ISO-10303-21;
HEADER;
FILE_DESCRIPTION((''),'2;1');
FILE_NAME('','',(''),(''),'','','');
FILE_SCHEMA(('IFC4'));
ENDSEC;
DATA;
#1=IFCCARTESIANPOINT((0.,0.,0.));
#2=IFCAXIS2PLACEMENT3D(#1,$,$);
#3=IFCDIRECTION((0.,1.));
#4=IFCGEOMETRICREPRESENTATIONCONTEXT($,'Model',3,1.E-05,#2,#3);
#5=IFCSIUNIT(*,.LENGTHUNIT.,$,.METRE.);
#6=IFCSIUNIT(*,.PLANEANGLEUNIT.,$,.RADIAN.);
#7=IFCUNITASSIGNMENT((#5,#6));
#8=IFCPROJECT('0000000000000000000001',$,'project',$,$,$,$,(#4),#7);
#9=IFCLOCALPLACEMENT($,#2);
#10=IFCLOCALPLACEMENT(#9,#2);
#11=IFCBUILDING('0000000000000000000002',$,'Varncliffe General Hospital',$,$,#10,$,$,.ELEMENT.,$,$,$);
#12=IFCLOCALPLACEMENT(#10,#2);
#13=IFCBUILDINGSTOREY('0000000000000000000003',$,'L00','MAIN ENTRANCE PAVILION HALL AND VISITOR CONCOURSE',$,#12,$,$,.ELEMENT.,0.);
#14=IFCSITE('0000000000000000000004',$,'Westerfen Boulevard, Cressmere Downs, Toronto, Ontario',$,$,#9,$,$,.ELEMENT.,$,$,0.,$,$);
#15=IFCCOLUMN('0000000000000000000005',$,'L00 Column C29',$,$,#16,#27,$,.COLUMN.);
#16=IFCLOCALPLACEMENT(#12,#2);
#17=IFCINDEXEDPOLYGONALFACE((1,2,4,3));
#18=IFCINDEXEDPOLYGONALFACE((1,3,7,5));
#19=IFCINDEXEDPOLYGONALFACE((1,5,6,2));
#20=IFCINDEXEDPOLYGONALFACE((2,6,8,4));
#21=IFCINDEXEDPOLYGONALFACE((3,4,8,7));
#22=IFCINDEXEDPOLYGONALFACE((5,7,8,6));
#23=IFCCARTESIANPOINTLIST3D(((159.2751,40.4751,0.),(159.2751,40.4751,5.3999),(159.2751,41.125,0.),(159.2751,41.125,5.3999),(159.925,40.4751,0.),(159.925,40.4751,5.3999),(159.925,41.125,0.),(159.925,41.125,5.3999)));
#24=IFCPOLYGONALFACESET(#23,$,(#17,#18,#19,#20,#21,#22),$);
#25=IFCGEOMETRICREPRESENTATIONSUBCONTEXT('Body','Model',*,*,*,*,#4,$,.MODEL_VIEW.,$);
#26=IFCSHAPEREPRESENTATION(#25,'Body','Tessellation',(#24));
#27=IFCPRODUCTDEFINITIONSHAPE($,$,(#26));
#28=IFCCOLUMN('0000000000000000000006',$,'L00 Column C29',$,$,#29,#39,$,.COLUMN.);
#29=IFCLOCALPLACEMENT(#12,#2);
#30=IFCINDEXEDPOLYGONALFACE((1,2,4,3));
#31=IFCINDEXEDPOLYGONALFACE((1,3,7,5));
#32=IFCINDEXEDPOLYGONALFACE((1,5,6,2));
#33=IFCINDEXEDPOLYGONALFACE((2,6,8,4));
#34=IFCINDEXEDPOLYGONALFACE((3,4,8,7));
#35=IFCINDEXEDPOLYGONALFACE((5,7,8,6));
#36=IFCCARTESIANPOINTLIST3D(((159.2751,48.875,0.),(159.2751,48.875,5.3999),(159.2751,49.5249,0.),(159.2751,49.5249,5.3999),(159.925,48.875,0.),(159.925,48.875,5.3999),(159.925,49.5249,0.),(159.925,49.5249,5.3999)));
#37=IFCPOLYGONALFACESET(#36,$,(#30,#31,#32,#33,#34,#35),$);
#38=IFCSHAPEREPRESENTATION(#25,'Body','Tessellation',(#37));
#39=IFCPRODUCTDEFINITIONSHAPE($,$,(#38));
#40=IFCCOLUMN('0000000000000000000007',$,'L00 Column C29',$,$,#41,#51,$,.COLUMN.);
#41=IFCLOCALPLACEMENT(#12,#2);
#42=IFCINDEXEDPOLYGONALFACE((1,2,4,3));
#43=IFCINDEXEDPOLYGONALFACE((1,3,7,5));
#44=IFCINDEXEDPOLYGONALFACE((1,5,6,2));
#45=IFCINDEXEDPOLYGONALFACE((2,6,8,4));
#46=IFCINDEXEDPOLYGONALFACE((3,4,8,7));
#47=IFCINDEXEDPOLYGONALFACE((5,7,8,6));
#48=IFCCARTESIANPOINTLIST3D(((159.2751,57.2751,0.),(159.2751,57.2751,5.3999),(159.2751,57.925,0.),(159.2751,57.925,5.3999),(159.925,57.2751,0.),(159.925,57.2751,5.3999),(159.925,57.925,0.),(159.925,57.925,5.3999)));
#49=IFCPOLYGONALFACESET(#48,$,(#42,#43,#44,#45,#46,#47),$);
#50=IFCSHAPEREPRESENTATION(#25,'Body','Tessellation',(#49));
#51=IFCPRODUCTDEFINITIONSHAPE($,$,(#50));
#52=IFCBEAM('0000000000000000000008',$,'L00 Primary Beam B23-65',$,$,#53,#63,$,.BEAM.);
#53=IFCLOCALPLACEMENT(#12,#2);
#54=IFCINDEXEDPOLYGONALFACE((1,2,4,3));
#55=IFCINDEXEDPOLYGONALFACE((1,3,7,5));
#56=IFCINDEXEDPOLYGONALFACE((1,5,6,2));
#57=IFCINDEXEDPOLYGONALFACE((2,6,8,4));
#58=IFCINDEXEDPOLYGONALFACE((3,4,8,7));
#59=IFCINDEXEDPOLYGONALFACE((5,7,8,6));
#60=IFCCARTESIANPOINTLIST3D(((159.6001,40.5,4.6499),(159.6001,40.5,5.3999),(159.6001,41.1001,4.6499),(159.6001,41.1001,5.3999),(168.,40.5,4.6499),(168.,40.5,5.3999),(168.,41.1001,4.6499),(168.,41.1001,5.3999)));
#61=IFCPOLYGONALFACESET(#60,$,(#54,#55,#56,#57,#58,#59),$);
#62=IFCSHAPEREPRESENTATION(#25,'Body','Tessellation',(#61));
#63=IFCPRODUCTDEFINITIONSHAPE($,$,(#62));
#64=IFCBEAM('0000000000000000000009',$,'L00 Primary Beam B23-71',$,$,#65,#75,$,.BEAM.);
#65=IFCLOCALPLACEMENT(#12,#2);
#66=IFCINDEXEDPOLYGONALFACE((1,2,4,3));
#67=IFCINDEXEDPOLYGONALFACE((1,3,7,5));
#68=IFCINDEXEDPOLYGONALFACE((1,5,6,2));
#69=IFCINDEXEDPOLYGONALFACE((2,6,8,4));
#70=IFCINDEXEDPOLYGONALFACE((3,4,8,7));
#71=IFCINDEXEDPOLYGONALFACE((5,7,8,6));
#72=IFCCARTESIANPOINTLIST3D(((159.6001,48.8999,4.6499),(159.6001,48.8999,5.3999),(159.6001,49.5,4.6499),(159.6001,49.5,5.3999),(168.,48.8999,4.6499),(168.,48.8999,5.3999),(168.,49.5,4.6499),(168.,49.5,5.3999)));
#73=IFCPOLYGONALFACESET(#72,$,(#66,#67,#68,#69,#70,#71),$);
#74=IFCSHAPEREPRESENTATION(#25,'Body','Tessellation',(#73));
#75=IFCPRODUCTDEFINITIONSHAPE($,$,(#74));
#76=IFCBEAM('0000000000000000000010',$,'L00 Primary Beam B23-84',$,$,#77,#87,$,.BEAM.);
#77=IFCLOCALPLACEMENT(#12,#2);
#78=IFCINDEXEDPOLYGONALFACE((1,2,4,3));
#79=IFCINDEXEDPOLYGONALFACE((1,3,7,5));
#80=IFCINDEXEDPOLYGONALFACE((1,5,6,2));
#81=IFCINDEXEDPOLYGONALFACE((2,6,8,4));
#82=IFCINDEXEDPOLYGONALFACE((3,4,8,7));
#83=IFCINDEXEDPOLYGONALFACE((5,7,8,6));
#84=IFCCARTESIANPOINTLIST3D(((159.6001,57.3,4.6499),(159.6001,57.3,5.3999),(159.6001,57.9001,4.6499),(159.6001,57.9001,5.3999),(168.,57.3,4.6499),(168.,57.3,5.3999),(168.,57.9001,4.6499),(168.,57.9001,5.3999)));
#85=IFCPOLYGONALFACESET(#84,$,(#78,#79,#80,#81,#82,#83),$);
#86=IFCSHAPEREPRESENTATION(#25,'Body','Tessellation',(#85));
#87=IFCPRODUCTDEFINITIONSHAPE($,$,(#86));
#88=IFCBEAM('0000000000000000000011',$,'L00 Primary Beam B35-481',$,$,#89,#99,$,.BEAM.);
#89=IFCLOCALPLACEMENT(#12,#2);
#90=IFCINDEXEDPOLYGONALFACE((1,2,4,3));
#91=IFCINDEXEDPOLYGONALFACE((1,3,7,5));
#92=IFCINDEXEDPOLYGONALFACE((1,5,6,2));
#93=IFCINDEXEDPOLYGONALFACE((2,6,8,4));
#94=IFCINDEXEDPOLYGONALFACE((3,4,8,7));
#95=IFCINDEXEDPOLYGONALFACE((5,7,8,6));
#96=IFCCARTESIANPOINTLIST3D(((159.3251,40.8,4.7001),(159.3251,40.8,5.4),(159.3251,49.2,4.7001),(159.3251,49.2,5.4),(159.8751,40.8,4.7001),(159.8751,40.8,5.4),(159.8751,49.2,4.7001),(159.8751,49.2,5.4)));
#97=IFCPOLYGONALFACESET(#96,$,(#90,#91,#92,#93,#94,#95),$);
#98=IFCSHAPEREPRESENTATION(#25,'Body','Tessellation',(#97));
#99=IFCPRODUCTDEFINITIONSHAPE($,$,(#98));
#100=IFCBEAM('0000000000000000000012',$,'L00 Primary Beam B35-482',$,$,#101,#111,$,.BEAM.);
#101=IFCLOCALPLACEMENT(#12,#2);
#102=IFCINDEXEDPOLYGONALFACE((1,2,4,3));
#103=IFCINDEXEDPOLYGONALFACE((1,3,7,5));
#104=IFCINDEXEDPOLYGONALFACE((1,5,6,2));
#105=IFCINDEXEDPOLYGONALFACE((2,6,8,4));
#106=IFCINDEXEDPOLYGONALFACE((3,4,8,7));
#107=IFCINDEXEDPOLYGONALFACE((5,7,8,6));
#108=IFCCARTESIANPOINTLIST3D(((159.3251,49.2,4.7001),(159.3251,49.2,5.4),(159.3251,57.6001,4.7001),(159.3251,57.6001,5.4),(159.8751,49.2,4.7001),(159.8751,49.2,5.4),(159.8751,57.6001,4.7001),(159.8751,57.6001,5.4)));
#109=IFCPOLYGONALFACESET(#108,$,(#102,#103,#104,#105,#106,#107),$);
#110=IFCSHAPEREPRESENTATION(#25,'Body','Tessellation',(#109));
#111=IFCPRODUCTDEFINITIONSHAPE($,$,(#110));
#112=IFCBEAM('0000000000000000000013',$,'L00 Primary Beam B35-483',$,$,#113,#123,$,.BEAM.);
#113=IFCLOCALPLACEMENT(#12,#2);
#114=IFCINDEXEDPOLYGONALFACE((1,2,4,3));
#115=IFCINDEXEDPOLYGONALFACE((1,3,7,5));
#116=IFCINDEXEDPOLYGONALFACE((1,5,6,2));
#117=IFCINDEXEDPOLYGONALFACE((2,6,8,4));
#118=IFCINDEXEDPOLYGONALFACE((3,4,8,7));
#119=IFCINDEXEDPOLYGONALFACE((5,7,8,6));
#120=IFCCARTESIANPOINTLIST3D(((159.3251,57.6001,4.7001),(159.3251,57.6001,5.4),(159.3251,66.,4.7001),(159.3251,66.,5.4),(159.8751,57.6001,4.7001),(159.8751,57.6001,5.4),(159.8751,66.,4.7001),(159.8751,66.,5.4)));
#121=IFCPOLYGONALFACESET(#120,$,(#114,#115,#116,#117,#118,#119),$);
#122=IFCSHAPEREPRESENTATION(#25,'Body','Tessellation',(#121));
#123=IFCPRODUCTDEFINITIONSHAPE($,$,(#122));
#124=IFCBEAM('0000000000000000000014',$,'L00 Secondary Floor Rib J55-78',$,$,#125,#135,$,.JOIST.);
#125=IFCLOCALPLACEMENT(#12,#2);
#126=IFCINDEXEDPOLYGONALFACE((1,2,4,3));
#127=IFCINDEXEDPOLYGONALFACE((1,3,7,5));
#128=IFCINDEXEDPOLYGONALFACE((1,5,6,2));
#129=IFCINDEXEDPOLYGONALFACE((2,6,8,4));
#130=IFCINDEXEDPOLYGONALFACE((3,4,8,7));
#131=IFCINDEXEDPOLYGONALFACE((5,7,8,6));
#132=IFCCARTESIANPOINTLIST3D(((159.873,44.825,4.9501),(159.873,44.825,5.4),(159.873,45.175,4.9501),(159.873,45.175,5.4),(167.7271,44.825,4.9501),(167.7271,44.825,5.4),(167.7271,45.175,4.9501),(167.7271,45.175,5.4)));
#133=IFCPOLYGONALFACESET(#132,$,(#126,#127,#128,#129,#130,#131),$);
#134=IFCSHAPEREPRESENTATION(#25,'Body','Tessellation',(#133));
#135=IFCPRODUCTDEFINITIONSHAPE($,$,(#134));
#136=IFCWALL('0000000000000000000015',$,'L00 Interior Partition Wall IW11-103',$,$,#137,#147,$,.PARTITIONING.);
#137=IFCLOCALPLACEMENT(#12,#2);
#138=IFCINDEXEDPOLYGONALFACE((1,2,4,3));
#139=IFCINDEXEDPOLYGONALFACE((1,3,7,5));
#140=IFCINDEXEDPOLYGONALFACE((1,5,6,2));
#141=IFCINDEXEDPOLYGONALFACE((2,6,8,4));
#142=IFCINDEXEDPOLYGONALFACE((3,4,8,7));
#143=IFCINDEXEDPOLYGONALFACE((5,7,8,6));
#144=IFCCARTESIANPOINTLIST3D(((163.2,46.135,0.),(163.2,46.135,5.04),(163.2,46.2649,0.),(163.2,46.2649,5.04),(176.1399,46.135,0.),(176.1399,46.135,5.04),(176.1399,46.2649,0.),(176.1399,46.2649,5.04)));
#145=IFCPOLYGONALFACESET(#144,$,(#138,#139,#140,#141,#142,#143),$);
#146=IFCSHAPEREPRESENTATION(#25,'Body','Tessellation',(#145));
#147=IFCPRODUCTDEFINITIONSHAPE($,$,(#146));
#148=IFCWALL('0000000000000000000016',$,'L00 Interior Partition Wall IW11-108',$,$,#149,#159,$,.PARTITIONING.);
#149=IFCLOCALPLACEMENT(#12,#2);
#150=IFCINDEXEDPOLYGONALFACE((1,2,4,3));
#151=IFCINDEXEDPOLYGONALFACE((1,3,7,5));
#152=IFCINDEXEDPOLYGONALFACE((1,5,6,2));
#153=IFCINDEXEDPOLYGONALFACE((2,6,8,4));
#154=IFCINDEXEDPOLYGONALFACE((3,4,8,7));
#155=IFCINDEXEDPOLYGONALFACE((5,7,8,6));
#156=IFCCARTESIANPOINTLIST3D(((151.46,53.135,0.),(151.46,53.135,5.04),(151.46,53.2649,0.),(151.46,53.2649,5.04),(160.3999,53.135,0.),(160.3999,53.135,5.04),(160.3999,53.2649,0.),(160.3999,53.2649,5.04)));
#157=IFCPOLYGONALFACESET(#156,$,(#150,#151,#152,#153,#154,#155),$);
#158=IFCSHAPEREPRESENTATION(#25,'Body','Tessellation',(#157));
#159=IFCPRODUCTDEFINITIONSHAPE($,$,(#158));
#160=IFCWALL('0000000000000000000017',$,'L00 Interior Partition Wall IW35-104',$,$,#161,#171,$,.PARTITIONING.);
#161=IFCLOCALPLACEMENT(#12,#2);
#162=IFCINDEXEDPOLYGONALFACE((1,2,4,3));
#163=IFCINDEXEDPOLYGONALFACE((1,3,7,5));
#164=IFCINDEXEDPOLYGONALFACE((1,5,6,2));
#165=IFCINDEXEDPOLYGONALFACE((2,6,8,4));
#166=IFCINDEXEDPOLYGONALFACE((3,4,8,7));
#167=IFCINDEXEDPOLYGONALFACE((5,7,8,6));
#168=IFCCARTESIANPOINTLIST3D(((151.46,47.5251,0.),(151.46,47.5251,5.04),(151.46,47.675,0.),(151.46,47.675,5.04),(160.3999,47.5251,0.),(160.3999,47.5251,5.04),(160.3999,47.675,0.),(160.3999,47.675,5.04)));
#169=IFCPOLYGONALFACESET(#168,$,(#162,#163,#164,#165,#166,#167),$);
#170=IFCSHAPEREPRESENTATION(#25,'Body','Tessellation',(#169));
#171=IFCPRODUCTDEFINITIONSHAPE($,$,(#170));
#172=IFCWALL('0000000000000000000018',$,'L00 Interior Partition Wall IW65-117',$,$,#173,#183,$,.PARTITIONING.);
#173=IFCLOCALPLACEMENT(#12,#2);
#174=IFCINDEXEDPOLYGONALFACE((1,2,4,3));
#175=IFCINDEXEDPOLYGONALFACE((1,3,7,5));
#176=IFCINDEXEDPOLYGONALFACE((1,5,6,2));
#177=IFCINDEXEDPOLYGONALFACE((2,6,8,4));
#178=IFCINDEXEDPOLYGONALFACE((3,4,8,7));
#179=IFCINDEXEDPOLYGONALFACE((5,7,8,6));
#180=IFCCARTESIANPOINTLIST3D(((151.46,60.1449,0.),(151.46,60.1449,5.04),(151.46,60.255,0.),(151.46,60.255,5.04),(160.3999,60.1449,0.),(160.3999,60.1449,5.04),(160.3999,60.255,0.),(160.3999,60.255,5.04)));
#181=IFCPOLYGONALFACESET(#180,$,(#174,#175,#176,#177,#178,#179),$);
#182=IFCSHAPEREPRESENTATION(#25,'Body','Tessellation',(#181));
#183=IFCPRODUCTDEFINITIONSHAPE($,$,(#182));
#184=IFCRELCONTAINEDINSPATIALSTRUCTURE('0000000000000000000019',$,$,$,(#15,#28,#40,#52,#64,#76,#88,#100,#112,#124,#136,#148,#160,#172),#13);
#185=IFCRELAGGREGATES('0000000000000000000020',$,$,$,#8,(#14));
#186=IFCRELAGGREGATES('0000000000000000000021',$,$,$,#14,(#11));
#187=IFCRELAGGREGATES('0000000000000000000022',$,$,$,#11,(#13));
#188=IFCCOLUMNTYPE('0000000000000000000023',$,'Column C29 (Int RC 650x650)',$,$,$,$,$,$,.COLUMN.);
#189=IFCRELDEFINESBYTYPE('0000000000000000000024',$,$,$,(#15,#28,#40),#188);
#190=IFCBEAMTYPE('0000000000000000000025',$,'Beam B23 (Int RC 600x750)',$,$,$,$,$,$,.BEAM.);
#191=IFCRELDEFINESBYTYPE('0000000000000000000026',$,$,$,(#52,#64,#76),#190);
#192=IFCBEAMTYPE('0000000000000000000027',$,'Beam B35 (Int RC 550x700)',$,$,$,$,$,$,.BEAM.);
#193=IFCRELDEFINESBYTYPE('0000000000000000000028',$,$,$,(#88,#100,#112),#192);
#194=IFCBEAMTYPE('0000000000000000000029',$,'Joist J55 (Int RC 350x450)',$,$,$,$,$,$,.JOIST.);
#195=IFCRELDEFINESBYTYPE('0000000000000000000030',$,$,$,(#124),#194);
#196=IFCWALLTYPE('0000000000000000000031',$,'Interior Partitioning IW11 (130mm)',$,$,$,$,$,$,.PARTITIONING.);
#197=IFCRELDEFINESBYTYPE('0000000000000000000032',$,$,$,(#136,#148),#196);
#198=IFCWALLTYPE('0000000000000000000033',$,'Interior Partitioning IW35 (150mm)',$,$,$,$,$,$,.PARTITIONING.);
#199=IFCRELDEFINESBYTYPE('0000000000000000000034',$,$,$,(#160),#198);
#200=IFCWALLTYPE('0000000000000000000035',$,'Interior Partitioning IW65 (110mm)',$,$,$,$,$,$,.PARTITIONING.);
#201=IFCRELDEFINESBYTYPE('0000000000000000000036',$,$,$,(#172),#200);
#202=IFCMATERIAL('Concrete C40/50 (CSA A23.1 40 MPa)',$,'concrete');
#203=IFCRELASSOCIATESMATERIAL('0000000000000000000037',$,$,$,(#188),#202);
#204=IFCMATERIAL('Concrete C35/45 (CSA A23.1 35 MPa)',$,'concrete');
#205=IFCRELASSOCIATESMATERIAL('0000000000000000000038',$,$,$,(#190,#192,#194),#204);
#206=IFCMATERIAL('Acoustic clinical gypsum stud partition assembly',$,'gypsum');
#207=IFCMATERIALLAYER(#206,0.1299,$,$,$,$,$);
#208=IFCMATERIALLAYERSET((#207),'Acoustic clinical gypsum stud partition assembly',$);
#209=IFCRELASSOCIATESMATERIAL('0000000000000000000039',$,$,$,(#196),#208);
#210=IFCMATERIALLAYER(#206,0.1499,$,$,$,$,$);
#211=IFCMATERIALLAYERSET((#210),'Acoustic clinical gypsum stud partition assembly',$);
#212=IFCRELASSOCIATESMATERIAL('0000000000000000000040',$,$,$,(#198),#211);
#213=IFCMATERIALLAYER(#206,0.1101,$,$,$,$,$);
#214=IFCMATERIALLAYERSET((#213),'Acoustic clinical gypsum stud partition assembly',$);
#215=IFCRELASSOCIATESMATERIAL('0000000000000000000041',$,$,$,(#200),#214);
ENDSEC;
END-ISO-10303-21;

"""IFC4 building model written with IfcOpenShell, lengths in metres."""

from ifc_helpers import new_model, si_unit, direction, frame, frame_2d, origin, origin_2d, place, context, subcontext, project, spatial, rectangle, extrude, material, layer, layer_set, material_profile, profile_set, type_object, element, save


model = new_model("IFC4")

# Units and contexts
model_context = context("Model", 3, precision=1e-05, world=origin(), true_north=direction((0.0, 1.0)))
body_context = subcontext(model_context, "Body", "Model", "MODEL_VIEW")
ifc_project = project(units=[si_unit("LENGTHUNIT", "METRE"), si_unit("PLANEANGLEUNIT", "RADIAN")], contexts=[model_context])

# Site, building, storey
site_placement = place(None, origin())
site = spatial("IfcSite", under=ifc_project, at=site_placement, Name="Westerfen Boulevard, Cressmere Downs, Toronto, Ontario", CompositionType="ELEMENT", RefElevation=0.0)
building_placement = place(site_placement, origin())
building = spatial("IfcBuilding", under=site, at=building_placement, Name="Varncliffe General Hospital", CompositionType="ELEMENT")
storey_placement = place(building_placement, origin())
storey = spatial("IfcBuildingStorey", under=building, at=storey_placement, Name="L00", Description="MAIN ENTRANCE PAVILION HALL AND VISITOR CONCOURSE", CompositionType="ELEMENT", Elevation=0.0)

# Columns
ifc_material_1 = material(Name="Concrete C40/50 (CSA A23.1 40 MPa)", Category="concrete")
ifc_material_profile_1 = material_profile(ifc_material_1, rectangle(XDim=0.6499, YDim=0.6499, at=origin_2d()), Name="RC 650x650")
ifc_profile_set_1 = profile_set([ifc_material_profile_1], Name="Concrete C40/50 (CSA A23.1 40 MPa)")
column_type = type_object("IfcColumnType", Name="Column C29 (Int RC 650x650)", PredefinedType="COLUMN", material=ifc_profile_set_1)
for number, where, z_axis, x_axis, name in (
    (1, (159.6001, 40.8, 0.0), (0.0, 0.0, 1.0), (1.0, 0.0, 0.0), "L00 Column C29"),
    (2, (159.6001, 49.2, 0.0), (0.0, 0.0, 1.0), (1.0, 0.0, 0.0), "L00 Column C29"),
    (3, (159.6001, 57.6001, 0.0), (0.0, 0.0, 1.0), (1.0, 0.0, 0.0), "L00 Column C29"),
):
    element("IfcColumn", number, at=place(storey_placement, frame(where, z_axis=z_axis, x_axis=x_axis)), inside=storey, type_object=column_type, Name=name, PredefinedType="COLUMN", context=body_context, shape_type="SweptSolid", body=[
        extrude(rectangle(XDim=0.6499, YDim=0.6499, at=origin_2d()), origin(), (0.0, 0.0, 1.0), 5.3999),
    ])

# Beams
ifc_material_2 = material(Name="Concrete C35/45 (CSA A23.1 35 MPa)", Category="concrete")
ifc_material_profile_2 = material_profile(ifc_material_2, rectangle(XDim=0.6001, YDim=0.75, at=origin_2d()), Name="RC 600x750")
ifc_profile_set_2 = profile_set([ifc_material_profile_2], Name="Concrete C35/45 (CSA A23.1 35 MPa)")
beam_type_1 = type_object("IfcBeamType", Name="Beam B23 (Int RC 600x750)", PredefinedType="BEAM", material=ifc_profile_set_2)
for number, where, z_axis, x_axis, name in (
    (4, (159.6001, 40.8, 5.0249), (1.0, 0.0, 0.0), (0.0, 1.0, 0.0), "L00 Primary Beam B23-65"),
    (5, (159.6001, 49.2, 5.0249), (1.0, 0.0, 0.0), (0.0, 1.0, 0.0), "L00 Primary Beam B23-71"),
    (6, (159.6001, 57.6001, 5.0249), (1.0, 0.0, 0.0), (0.0, 1.0, 0.0), "L00 Primary Beam B23-84"),
):
    element("IfcBeam", number, at=place(storey_placement, frame(where, z_axis=z_axis, x_axis=x_axis)), inside=storey, type_object=beam_type_1, Name=name, PredefinedType="BEAM", context=body_context, shape_type="SweptSolid", body=[
        extrude(rectangle(XDim=0.6001, YDim=0.75, at=origin_2d()), origin(), (0.0, 0.0, 1.0), 8.3999),
    ])
ifc_material_profile_3 = material_profile(ifc_material_2, rectangle(XDim=0.55, YDim=0.7, at=origin_2d()), Name="RC 550x700")
ifc_profile_set_3 = profile_set([ifc_material_profile_3], Name="Concrete C35/45 (CSA A23.1 35 MPa)")
beam_type_2 = type_object("IfcBeamType", Name="Beam B35 (Int RC 550x700)", PredefinedType="BEAM", material=ifc_profile_set_3)
beam_1_placement = place(storey_placement, frame((159.6001, 40.8, 5.05), z_axis=(0.0, 1.0, 0.0), x_axis=(-1.0, 0.0, 0.0)))
element("IfcBeam", 7, at=beam_1_placement, inside=storey, type_object=beam_type_2, Name="L00 Primary Beam B35-481", PredefinedType="BEAM", context=body_context, shape_type="SweptSolid", body=[
    extrude(rectangle(XDim=0.55, YDim=0.7, at=origin_2d()), origin(), (0.0, 0.0, 1.0), 8.3999),
])
beam_2_placement = place(storey_placement, frame((159.6001, 49.2, 5.05), z_axis=(0.0, 1.0, 0.0), x_axis=(-1.0, 0.0, 0.0)))
element("IfcBeam", 8, at=beam_2_placement, inside=storey, type_object=beam_type_2, Name="L00 Primary Beam B35-482", PredefinedType="BEAM", context=body_context, shape_type="SweptSolid", body=[
    extrude(rectangle(XDim=0.55, YDim=0.7, at=origin_2d()), origin(), (0.0, 0.0, 1.0), 8.4001),
])
beam_3_placement = place(storey_placement, frame((159.6001, 57.6001, 5.05), z_axis=(0.0, 1.0, 0.0), x_axis=(-1.0, 0.0, 0.0)))
element("IfcBeam", 9, at=beam_3_placement, inside=storey, type_object=beam_type_2, Name="L00 Primary Beam B35-483", PredefinedType="BEAM", context=body_context, shape_type="SweptSolid", body=[
    extrude(rectangle(XDim=0.55, YDim=0.7, at=origin_2d()), origin(), (0.0, 0.0, 1.0), 8.3999),
])
ifc_material_profile_4 = material_profile(ifc_material_2, rectangle(XDim=0.3501, YDim=0.45, at=origin_2d()), Name="RC 350x450")
ifc_profile_set_4 = profile_set([ifc_material_profile_4], Name="Concrete C35/45 (CSA A23.1 35 MPa)")
beam_type_3 = type_object("IfcBeamType", Name="Joist J55 (Int RC 350x450)", PredefinedType="JOIST", material=ifc_profile_set_4)
beam_4_placement = place(storey_placement, frame((159.873, 45.0, 5.175), z_axis=(1.0, 0.0, 0.0), x_axis=(0.0, 1.0, 0.0)))
element("IfcBeam", 10, at=beam_4_placement, inside=storey, type_object=beam_type_3, Name="L00 Secondary Floor Rib J55-78", PredefinedType="JOIST", context=body_context, shape_type="SweptSolid", body=[
    extrude(rectangle(XDim=0.3501, YDim=0.45, at=origin_2d()), origin(), (0.0, 0.0, 1.0), 7.854),
])

# Walls
ifc_material_3 = material(Name="Acoustic clinical gypsum stud partition assembly", Category="gypsum")
ifc_layer_1 = layer(ifc_material_3, 0.1299)
ifc_layer_set_1 = layer_set([ifc_layer_1], Name="Acoustic clinical gypsum stud partition assembly")
wall_type_1 = type_object("IfcWallType", Name="Interior Partitioning IW11 (130mm)", PredefinedType="PARTITIONING", material=ifc_layer_set_1)
wall_1_placement = place(storey_placement, frame((163.2, 46.2, 0.0), z_axis=(0.0, 0.0, 1.0), x_axis=(1.0, 0.0, 0.0)))
element("IfcWall", 11, at=wall_1_placement, inside=storey, type_object=wall_type_1, Name="L00 Interior Partition Wall IW11-103", PredefinedType="PARTITIONING", context=body_context, shape_type="SweptSolid", body=[
    extrude(rectangle(XDim=12.9399, YDim=0.1299, at=frame_2d((6.47, 0.0))), origin(), (0.0, 0.0, 1.0), 5.04),
])
wall_2_placement = place(storey_placement, frame((151.46, 53.2, 0.0), z_axis=(0.0, 0.0, 1.0), x_axis=(1.0, 0.0, 0.0)))
element("IfcWall", 12, at=wall_2_placement, inside=storey, type_object=wall_type_1, Name="L00 Interior Partition Wall IW11-108", PredefinedType="PARTITIONING", context=body_context, shape_type="SweptSolid", body=[
    extrude(rectangle(XDim=8.9399, YDim=0.1299, at=frame_2d((4.47, 0.0))), origin(), (0.0, 0.0, 1.0), 5.04),
])
ifc_layer_2 = layer(ifc_material_3, 0.1499)
ifc_layer_set_2 = layer_set([ifc_layer_2], Name="Acoustic clinical gypsum stud partition assembly")
wall_type_2 = type_object("IfcWallType", Name="Interior Partitioning IW35 (150mm)", PredefinedType="PARTITIONING", material=ifc_layer_set_2)
wall_3_placement = place(storey_placement, frame((151.46, 47.6001, 0.0), z_axis=(0.0, 0.0, 1.0), x_axis=(1.0, 0.0, 0.0)))
element("IfcWall", 13, at=wall_3_placement, inside=storey, type_object=wall_type_2, Name="L00 Interior Partition Wall IW35-104", PredefinedType="PARTITIONING", context=body_context, shape_type="SweptSolid", body=[
    extrude(rectangle(XDim=8.9399, YDim=0.1499, at=frame_2d((4.47, 0.0))), origin(), (0.0, 0.0, 1.0), 5.04),
])
ifc_layer_3 = layer(ifc_material_3, 0.1101)
ifc_layer_set_3 = layer_set([ifc_layer_3], Name="Acoustic clinical gypsum stud partition assembly")
wall_type_3 = type_object("IfcWallType", Name="Interior Partitioning IW65 (110mm)", PredefinedType="PARTITIONING", material=ifc_layer_set_3)
wall_4_placement = place(storey_placement, frame((151.46, 60.2, 0.0), z_axis=(0.0, 0.0, 1.0), x_axis=(1.0, 0.0, 0.0)))
element("IfcWall", 14, at=wall_4_placement, inside=storey, type_object=wall_type_3, Name="L00 Interior Partition Wall IW65-117", PredefinedType="PARTITIONING", context=body_context, shape_type="SweptSolid", body=[
    extrude(rectangle(XDim=8.9399, YDim=0.1101, at=frame_2d((4.47, 0.0))), origin(), (0.0, 0.0, 1.0), 5.04),
])

save(model, "model.ifc")
